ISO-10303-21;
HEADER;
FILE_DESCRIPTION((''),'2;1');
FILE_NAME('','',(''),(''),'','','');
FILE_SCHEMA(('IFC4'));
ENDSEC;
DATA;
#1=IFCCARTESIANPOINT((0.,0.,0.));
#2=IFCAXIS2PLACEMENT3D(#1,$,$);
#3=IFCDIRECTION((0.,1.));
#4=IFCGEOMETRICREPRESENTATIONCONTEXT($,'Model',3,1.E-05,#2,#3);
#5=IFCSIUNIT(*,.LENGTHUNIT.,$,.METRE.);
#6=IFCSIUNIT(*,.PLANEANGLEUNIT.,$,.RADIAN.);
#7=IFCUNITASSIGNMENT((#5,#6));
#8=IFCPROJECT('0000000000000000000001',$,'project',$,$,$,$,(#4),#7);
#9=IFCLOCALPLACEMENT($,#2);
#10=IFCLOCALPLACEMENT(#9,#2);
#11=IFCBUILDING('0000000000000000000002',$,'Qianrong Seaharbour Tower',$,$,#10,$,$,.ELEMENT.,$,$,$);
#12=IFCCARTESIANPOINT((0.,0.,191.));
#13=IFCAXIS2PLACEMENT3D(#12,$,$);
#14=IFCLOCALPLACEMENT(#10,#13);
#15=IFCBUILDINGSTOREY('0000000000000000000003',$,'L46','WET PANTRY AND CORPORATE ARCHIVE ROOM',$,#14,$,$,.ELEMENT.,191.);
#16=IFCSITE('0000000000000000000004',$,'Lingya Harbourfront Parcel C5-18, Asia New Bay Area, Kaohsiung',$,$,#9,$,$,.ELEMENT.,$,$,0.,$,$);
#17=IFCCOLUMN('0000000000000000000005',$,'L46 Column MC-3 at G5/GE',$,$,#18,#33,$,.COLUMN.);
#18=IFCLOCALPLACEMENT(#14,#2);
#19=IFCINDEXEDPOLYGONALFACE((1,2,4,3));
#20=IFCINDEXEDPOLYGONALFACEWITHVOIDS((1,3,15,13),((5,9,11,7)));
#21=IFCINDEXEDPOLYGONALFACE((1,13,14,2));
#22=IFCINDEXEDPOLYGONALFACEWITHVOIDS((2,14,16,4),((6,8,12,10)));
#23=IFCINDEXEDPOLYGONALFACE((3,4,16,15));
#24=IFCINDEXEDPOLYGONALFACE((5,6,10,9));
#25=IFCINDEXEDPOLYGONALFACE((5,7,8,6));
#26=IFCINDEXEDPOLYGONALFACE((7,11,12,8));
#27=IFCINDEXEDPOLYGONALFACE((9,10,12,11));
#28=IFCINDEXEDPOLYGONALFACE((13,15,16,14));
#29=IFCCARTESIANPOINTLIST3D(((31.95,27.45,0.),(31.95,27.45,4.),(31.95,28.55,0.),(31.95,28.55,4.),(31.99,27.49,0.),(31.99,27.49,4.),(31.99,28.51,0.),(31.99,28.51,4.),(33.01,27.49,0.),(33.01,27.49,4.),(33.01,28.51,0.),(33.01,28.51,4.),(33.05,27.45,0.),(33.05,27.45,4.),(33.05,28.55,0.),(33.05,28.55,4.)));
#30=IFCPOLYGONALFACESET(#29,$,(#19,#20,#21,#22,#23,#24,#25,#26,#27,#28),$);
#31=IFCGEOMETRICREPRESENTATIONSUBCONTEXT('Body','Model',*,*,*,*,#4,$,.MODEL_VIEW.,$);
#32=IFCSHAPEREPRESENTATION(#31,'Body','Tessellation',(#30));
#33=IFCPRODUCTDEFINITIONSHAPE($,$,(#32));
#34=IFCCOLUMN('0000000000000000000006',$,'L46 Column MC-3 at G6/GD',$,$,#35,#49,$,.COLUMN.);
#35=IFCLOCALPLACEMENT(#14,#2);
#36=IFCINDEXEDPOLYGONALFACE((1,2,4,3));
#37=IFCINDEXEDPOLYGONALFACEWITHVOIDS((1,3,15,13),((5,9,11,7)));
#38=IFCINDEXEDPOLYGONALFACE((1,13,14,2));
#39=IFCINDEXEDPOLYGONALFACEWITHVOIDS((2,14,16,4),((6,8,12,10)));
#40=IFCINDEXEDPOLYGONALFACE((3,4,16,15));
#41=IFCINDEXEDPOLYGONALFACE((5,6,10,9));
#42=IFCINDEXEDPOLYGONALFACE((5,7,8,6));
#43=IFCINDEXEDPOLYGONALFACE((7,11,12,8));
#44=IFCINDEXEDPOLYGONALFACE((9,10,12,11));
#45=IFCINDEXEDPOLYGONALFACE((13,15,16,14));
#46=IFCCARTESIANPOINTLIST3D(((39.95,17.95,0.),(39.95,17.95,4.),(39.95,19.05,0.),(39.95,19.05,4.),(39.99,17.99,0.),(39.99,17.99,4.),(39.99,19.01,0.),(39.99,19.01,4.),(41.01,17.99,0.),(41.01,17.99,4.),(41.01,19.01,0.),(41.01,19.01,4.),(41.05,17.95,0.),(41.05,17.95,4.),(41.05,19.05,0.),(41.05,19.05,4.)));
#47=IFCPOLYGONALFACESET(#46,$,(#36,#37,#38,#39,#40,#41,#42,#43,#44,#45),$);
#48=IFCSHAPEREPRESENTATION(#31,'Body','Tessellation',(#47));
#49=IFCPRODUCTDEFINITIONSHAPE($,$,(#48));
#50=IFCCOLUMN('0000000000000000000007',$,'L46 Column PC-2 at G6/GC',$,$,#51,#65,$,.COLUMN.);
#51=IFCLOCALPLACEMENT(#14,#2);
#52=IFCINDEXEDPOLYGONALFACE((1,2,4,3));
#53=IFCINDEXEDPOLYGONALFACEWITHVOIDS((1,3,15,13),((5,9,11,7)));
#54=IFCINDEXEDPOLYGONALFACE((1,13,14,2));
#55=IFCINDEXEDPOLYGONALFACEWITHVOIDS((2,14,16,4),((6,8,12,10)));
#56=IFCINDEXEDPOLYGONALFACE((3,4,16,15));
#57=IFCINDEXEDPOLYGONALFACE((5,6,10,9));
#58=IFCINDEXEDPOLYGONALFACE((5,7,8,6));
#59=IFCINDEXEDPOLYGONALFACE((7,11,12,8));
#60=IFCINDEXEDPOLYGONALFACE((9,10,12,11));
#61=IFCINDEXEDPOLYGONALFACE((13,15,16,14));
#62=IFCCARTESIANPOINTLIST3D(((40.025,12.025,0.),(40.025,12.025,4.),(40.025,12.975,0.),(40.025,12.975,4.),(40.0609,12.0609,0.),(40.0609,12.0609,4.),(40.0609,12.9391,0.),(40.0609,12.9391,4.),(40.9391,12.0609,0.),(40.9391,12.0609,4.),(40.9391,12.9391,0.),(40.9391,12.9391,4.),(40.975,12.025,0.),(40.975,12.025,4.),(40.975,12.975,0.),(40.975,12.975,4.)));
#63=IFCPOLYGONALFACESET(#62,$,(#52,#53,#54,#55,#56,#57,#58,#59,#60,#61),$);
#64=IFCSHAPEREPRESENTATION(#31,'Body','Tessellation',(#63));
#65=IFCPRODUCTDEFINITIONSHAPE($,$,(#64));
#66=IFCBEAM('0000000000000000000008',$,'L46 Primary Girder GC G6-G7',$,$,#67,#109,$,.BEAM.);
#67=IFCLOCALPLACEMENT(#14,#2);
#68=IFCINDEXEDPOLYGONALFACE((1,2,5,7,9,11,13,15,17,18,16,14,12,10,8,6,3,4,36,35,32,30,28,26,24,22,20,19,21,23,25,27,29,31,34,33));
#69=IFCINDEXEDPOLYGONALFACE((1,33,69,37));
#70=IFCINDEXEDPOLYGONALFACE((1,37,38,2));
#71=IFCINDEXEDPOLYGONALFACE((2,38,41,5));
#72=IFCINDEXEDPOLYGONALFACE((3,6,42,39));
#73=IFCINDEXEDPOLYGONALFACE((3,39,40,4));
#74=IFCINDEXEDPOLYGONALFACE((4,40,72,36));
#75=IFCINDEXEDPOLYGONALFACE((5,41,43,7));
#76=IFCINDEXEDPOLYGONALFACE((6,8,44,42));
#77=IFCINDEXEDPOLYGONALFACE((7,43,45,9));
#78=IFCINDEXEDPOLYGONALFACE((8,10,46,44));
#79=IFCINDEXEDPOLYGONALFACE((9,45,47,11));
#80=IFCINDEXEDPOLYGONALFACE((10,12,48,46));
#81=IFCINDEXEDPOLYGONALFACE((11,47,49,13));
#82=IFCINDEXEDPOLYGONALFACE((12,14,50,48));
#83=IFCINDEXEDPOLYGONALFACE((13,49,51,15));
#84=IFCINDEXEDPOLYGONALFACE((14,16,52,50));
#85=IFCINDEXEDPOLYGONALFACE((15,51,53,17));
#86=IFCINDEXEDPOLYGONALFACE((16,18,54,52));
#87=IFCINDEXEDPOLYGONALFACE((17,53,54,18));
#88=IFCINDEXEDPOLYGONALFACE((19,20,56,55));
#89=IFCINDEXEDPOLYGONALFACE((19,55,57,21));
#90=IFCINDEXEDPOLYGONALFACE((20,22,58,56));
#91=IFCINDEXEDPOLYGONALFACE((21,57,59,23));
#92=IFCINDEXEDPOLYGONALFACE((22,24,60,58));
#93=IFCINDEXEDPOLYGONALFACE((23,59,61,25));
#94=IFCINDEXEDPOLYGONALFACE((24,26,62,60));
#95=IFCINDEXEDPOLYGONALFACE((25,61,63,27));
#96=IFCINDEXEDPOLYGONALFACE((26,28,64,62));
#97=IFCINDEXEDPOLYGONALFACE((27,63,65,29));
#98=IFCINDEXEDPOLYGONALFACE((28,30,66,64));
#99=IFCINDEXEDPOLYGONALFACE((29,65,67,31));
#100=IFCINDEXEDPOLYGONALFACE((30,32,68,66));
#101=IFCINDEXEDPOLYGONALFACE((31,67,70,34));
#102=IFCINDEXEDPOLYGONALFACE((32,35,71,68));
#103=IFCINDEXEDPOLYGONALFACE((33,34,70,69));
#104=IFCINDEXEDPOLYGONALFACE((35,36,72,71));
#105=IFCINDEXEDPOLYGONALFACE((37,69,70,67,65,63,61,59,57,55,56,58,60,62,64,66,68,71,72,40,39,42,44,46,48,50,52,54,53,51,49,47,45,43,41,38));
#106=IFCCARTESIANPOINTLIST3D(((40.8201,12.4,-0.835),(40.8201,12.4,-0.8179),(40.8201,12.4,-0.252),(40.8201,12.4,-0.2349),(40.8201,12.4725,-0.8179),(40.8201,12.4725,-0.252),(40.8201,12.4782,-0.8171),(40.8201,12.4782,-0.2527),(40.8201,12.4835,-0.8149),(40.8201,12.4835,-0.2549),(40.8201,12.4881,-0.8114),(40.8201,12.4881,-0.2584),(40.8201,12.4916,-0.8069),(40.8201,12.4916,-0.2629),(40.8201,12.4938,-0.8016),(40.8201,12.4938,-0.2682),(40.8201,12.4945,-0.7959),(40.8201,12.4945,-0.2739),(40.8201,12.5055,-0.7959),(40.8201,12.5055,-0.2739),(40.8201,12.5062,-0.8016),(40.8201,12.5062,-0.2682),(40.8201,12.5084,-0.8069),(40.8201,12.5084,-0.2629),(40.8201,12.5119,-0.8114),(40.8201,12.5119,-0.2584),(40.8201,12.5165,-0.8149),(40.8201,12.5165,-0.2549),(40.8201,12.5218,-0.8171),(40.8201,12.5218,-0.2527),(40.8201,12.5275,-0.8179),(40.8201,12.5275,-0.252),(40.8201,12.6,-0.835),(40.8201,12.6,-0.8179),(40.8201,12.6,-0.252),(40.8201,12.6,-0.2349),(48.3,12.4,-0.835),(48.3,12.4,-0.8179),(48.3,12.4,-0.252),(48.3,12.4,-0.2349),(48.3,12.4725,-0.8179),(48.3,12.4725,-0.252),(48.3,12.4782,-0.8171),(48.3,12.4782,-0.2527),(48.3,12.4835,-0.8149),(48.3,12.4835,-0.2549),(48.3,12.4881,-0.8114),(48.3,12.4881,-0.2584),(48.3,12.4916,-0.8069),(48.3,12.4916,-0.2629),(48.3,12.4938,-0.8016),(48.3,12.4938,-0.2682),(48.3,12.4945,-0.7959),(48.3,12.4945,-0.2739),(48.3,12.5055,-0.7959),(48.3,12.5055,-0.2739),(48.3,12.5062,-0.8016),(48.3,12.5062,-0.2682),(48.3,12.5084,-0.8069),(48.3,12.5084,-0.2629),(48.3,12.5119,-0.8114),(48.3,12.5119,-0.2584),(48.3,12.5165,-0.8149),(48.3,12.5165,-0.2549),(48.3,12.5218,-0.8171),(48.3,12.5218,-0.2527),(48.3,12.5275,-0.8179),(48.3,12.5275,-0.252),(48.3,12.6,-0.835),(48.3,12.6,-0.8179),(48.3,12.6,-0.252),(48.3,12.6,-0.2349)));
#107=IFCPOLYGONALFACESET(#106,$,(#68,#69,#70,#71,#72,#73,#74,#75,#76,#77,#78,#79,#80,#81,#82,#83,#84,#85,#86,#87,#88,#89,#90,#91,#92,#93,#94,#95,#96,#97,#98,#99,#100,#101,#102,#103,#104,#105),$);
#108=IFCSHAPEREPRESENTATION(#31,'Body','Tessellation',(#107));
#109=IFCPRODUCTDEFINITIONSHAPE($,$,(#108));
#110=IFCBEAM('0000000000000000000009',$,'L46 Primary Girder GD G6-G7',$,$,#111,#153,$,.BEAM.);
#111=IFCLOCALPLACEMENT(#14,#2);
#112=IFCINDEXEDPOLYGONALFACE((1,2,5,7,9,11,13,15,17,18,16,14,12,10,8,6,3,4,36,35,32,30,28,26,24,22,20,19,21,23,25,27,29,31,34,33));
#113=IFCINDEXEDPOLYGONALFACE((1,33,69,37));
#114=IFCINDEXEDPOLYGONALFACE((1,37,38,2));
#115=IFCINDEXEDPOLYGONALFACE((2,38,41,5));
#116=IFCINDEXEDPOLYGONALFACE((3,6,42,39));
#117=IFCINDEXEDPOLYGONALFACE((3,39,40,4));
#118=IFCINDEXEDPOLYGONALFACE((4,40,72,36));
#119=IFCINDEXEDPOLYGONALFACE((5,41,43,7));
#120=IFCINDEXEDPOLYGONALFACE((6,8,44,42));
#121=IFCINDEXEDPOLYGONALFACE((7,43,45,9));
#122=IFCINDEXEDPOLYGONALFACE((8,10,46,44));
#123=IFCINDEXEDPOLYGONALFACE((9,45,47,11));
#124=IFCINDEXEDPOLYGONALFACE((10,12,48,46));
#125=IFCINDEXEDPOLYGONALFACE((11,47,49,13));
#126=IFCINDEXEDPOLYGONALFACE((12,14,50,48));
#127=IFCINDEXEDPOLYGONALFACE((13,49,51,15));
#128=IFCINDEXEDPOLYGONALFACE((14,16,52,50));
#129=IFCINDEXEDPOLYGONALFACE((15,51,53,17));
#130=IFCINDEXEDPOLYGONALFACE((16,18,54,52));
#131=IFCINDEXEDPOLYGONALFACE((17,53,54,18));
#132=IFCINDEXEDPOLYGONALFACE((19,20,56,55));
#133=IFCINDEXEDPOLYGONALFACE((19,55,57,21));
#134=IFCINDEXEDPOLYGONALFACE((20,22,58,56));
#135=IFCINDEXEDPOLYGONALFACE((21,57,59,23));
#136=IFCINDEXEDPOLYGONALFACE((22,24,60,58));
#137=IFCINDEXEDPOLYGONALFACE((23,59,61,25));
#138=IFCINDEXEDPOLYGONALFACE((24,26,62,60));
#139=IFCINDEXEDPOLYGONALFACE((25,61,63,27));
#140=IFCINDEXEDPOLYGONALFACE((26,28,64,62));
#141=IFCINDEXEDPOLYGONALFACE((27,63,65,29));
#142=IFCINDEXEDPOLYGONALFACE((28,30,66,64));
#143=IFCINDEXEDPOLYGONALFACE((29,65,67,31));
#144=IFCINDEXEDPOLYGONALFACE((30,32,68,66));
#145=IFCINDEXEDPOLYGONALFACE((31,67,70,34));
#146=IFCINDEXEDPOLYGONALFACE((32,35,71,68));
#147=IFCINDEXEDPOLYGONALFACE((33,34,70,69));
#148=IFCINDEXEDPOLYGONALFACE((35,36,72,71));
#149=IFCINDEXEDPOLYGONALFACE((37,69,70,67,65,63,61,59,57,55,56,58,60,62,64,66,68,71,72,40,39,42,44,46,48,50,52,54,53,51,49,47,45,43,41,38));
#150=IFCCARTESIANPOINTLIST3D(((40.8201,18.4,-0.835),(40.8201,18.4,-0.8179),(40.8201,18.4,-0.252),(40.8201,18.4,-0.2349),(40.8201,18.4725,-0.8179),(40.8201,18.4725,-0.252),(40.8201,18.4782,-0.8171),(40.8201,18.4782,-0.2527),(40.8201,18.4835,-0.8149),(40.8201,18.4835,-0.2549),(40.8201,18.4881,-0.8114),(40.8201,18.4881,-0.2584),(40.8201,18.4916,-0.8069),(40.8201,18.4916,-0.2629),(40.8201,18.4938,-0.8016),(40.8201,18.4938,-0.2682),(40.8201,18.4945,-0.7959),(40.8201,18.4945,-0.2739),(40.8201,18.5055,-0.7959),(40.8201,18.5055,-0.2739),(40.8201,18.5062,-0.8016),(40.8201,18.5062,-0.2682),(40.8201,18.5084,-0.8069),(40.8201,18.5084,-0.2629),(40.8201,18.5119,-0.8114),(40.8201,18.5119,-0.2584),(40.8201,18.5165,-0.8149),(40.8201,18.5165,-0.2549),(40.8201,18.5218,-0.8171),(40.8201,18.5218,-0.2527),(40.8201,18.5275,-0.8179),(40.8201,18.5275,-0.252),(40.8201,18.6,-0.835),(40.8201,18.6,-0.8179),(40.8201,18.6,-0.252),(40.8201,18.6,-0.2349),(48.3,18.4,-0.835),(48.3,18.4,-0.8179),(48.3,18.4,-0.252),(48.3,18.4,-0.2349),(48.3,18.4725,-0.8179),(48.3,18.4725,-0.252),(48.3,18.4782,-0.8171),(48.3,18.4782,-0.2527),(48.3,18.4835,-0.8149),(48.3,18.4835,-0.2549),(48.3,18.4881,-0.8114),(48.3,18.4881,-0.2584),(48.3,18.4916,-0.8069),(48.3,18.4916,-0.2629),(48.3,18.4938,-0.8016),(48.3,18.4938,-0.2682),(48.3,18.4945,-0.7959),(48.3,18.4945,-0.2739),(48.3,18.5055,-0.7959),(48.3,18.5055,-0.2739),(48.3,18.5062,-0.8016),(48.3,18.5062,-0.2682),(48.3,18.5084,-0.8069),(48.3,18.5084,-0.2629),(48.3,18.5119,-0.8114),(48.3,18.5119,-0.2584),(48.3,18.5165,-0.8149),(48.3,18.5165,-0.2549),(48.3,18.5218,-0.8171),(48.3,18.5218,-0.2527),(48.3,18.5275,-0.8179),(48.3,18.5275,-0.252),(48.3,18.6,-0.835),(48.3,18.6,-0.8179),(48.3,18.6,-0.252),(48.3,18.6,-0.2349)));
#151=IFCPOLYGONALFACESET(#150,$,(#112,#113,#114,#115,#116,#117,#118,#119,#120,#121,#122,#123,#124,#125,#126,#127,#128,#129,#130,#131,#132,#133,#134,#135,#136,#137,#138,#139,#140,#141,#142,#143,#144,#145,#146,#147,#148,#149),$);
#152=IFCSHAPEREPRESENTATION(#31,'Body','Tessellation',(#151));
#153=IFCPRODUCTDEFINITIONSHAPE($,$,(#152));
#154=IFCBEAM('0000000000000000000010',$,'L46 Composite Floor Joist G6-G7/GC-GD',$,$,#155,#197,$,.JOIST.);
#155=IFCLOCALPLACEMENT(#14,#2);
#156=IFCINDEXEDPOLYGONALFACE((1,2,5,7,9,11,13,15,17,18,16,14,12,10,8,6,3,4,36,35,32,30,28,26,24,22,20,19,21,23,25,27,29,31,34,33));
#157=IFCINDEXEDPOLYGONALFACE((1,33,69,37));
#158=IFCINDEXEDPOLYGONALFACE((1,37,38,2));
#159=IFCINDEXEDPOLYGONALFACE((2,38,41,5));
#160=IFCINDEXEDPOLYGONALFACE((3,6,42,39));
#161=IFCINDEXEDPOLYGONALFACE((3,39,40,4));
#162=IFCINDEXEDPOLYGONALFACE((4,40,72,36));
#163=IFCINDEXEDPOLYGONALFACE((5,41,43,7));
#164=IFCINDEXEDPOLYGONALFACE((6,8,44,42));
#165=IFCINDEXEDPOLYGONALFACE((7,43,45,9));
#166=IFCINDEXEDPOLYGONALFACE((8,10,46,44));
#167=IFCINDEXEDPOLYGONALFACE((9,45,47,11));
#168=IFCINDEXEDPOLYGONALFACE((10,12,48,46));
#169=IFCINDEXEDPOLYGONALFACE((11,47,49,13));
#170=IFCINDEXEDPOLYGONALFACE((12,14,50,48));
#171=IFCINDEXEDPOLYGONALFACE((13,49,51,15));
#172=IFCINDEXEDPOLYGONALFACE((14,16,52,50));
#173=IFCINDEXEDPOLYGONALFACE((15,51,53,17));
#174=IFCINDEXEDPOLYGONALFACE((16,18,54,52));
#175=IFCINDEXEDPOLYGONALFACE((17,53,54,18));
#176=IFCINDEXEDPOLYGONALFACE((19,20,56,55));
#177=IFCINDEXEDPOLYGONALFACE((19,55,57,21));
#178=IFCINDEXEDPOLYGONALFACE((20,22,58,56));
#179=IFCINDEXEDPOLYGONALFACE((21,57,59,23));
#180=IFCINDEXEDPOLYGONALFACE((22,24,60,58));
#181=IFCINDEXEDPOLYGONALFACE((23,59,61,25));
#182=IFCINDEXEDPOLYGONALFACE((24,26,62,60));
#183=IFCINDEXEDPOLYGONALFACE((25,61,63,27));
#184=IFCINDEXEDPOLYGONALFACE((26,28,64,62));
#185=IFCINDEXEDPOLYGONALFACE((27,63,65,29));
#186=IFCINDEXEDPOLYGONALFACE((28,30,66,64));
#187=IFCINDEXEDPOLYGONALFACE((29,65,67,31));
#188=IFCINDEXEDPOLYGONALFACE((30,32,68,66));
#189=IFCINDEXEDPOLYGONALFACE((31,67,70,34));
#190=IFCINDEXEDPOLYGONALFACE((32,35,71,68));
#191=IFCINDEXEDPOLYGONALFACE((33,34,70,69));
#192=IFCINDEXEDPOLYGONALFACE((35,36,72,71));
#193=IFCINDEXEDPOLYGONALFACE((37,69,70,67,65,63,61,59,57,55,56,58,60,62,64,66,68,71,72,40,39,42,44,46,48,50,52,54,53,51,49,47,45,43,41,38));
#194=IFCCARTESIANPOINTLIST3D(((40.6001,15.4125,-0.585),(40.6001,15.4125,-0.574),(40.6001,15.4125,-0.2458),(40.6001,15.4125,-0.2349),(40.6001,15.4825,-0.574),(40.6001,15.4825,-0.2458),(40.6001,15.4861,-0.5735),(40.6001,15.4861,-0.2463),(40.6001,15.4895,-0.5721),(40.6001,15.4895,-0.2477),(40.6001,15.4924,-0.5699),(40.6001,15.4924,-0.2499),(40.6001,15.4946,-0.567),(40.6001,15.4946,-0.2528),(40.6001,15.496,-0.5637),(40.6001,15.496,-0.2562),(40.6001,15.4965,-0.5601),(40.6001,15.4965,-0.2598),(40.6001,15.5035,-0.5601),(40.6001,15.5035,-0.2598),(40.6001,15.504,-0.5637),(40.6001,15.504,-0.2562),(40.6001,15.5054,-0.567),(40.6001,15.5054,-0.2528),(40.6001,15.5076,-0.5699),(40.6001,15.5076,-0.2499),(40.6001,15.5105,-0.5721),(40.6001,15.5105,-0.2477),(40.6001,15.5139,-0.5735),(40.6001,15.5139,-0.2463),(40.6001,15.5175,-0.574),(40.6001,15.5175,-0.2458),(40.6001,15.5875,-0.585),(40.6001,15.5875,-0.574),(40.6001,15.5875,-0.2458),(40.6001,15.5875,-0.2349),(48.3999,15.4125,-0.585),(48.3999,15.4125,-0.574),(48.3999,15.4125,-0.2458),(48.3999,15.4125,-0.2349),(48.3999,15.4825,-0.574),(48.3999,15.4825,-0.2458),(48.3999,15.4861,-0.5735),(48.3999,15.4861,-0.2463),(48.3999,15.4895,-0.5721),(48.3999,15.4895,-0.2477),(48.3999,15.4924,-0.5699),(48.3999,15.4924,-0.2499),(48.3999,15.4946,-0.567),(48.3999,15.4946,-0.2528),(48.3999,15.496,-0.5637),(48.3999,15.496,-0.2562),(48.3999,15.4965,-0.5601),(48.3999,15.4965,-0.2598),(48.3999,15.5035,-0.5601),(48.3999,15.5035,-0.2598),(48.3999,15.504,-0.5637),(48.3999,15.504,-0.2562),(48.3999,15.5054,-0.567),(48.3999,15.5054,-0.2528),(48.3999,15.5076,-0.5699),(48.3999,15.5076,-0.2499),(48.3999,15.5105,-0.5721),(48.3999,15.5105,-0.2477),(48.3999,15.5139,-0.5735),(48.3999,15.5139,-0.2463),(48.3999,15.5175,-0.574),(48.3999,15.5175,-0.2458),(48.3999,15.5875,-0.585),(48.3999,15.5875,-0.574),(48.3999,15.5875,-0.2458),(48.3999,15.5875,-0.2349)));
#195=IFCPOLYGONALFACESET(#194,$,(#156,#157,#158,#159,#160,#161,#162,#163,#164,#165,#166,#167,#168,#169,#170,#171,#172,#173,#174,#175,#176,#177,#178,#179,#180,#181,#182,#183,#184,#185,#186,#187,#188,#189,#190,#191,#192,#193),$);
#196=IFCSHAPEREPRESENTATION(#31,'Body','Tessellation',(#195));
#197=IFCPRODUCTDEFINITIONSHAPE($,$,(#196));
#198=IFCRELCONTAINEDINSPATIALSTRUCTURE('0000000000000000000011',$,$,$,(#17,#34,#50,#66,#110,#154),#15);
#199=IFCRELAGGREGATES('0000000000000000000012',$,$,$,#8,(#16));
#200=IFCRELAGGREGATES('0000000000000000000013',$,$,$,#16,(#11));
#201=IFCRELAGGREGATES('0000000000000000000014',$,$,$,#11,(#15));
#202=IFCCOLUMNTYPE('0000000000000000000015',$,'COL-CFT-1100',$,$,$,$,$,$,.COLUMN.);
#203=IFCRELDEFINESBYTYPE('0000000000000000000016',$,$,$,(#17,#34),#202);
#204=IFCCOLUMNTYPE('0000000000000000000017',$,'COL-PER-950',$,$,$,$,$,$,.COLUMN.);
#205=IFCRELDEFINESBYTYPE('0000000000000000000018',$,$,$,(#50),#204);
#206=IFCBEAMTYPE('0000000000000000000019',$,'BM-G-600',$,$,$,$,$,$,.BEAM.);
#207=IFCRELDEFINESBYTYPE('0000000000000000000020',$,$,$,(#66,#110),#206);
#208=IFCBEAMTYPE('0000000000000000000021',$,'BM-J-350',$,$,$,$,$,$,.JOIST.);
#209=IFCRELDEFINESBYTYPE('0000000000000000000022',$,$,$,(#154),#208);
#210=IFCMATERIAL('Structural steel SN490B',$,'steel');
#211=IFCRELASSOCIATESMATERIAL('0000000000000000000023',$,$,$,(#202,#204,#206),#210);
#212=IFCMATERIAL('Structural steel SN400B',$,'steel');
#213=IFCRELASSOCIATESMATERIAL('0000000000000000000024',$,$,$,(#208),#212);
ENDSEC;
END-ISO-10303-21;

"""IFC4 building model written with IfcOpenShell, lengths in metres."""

from ifc_helpers import new_model, si_unit, direction, frame, origin, origin_2d, place, context, subcontext, project, spatial, hollow_rectangle, i_section, extrude, material, material_profile, profile_set, type_object, element, save


model = new_model("IFC4")

# Units and contexts
model_context = context("Model", 3, precision=1e-05, world=origin(), true_north=direction((0.0, 1.0)))
body_context = subcontext(model_context, "Body", "Model", "MODEL_VIEW")
ifc_project = project(units=[si_unit("LENGTHUNIT", "METRE"), si_unit("PLANEANGLEUNIT", "RADIAN")], contexts=[model_context])

# Site, building, storey
site_placement = place(None, origin())
site = spatial("IfcSite", under=ifc_project, at=site_placement, Name="Lingya Harbourfront Parcel C5-18, Asia New Bay Area, Kaohsiung", CompositionType="ELEMENT", RefElevation=0.0)
building_placement = place(site_placement, origin())
building = spatial("IfcBuilding", under=site, at=building_placement, Name="Qianrong Seaharbour Tower", CompositionType="ELEMENT")
storey_placement = place(building_placement, frame((0.0, 0.0, 191.0)))
storey = spatial("IfcBuildingStorey", under=building, at=storey_placement, Name="L46", Description="WET PANTRY AND CORPORATE ARCHIVE ROOM", CompositionType="ELEMENT", Elevation=191.0)

# Columns
ifc_material_1 = material(Name="Structural steel SN490B", Category="steel")
ifc_material_profile_1 = material_profile(ifc_material_1, hollow_rectangle(XDim=1.1001, YDim=1.1001, WallThickness=0.04, at=origin_2d()), Name="BOX1100x1100x40")
ifc_profile_set_1 = profile_set([ifc_material_profile_1], Name="Structural steel SN490B")
column_type_1 = type_object("IfcColumnType", Name="COL-CFT-1100", PredefinedType="COLUMN", material=ifc_profile_set_1)
for number, where, z_axis, x_axis, name in (
    (1, (32.5, 28.0, 0.0), (0.0, 0.0, 1.0), (1.0, 0.0, 0.0), "L46 Column MC-3 at G5/GE"),
    (2, (40.5, 18.5, 0.0), (0.0, 0.0, 1.0), (1.0, 0.0, 0.0), "L46 Column MC-3 at G6/GD"),
):
    element("IfcColumn", number, at=place(storey_placement, frame(where, z_axis=z_axis, x_axis=x_axis)), inside=storey, type_object=column_type_1, Name=name, PredefinedType="COLUMN", context=body_context, shape_type="SweptSolid", body=[
        extrude(hollow_rectangle(XDim=1.1001, YDim=1.1001, WallThickness=0.04, at=origin_2d()), origin(), (0.0, 0.0, 1.0), 4.0),
    ])
ifc_material_profile_2 = material_profile(ifc_material_1, hollow_rectangle(XDim=0.95, YDim=0.95, WallThickness=0.0359, at=origin_2d()), Name="BOX950x950x36")
ifc_profile_set_2 = profile_set([ifc_material_profile_2], Name="Structural steel SN490B")
column_type_2 = type_object("IfcColumnType", Name="COL-PER-950", PredefinedType="COLUMN", material=ifc_profile_set_2)
column_placement = place(storey_placement, frame((40.5, 12.5, 0.0), z_axis=(0.0, 0.0, 1.0), x_axis=(1.0, 0.0, 0.0)))
element("IfcColumn", 3, at=column_placement, inside=storey, type_object=column_type_2, Name="L46 Column PC-2 at G6/GC", PredefinedType="COLUMN", context=body_context, shape_type="SweptSolid", body=[
    extrude(hollow_rectangle(XDim=0.95, YDim=0.95, WallThickness=0.0359, at=origin_2d()), origin(), (0.0, 0.0, 1.0), 4.0),
])

# Beams
ifc_material_profile_3 = material_profile(ifc_material_1, i_section(OverallWidth=0.2, OverallDepth=0.6001, WebThickness=0.011, FlangeThickness=0.0171, FilletRadius=0.022, at=origin_2d()), Name="H600x200x11x17")
ifc_profile_set_3 = profile_set([ifc_material_profile_3], Name="Structural steel SN490B")
beam_type_1 = type_object("IfcBeamType", Name="BM-G-600", PredefinedType="BEAM", material=ifc_profile_set_3)
for number, where, z_axis, x_axis, name in (
    (4, (40.8201, 12.5, -0.5349), (1.0, 0.0, 0.0), (0.0, 1.0, 0.0), "L46 Primary Girder GC G6-G7"),
    (5, (40.8201, 18.5, -0.5349), (1.0, 0.0, 0.0), (0.0, 1.0, 0.0), "L46 Primary Girder GD G6-G7"),
):
    element("IfcBeam", number, at=place(storey_placement, frame(where, z_axis=z_axis, x_axis=x_axis)), inside=storey, type_object=beam_type_1, Name=name, PredefinedType="BEAM", context=body_context, shape_type="SweptSolid", body=[
        extrude(i_section(OverallWidth=0.2, OverallDepth=0.6001, WebThickness=0.011, FlangeThickness=0.0171, FilletRadius=0.022, at=origin_2d()), origin(), (0.0, 0.0, 1.0), 7.48),
    ])
ifc_material_2 = material(Name="Structural steel SN400B", Category="steel")
ifc_material_profile_4 = material_profile(ifc_material_2, i_section(OverallWidth=0.175, OverallDepth=0.3501, WebThickness=0.0071, FlangeThickness=0.011, FilletRadius=0.0139, at=origin_2d()), Name="H350x175x7x11")
ifc_profile_set_4 = profile_set([ifc_material_profile_4], Name="Structural steel SN400B")
beam_type_2 = type_object("IfcBeamType", Name="BM-J-350", PredefinedType="JOIST", material=ifc_profile_set_4)
beam_1_placement = place(storey_placement, frame((40.6001, 15.5, -0.4099), z_axis=(1.0, 0.0, 0.0), x_axis=(0.0, 1.0, 0.0)))
element("IfcBeam", 6, at=beam_1_placement, inside=storey, type_object=beam_type_2, Name="L46 Composite Floor Joist G6-G7/GC-GD", PredefinedType="JOIST", context=body_context, shape_type="SweptSolid", body=[
    extrude(i_section(OverallWidth=0.175, OverallDepth=0.3501, WebThickness=0.0071, FlangeThickness=0.011, FilletRadius=0.0139, at=origin_2d()), origin(), (0.0, 0.0, 1.0), 7.7998),
])

save(model, "model.ifc")
